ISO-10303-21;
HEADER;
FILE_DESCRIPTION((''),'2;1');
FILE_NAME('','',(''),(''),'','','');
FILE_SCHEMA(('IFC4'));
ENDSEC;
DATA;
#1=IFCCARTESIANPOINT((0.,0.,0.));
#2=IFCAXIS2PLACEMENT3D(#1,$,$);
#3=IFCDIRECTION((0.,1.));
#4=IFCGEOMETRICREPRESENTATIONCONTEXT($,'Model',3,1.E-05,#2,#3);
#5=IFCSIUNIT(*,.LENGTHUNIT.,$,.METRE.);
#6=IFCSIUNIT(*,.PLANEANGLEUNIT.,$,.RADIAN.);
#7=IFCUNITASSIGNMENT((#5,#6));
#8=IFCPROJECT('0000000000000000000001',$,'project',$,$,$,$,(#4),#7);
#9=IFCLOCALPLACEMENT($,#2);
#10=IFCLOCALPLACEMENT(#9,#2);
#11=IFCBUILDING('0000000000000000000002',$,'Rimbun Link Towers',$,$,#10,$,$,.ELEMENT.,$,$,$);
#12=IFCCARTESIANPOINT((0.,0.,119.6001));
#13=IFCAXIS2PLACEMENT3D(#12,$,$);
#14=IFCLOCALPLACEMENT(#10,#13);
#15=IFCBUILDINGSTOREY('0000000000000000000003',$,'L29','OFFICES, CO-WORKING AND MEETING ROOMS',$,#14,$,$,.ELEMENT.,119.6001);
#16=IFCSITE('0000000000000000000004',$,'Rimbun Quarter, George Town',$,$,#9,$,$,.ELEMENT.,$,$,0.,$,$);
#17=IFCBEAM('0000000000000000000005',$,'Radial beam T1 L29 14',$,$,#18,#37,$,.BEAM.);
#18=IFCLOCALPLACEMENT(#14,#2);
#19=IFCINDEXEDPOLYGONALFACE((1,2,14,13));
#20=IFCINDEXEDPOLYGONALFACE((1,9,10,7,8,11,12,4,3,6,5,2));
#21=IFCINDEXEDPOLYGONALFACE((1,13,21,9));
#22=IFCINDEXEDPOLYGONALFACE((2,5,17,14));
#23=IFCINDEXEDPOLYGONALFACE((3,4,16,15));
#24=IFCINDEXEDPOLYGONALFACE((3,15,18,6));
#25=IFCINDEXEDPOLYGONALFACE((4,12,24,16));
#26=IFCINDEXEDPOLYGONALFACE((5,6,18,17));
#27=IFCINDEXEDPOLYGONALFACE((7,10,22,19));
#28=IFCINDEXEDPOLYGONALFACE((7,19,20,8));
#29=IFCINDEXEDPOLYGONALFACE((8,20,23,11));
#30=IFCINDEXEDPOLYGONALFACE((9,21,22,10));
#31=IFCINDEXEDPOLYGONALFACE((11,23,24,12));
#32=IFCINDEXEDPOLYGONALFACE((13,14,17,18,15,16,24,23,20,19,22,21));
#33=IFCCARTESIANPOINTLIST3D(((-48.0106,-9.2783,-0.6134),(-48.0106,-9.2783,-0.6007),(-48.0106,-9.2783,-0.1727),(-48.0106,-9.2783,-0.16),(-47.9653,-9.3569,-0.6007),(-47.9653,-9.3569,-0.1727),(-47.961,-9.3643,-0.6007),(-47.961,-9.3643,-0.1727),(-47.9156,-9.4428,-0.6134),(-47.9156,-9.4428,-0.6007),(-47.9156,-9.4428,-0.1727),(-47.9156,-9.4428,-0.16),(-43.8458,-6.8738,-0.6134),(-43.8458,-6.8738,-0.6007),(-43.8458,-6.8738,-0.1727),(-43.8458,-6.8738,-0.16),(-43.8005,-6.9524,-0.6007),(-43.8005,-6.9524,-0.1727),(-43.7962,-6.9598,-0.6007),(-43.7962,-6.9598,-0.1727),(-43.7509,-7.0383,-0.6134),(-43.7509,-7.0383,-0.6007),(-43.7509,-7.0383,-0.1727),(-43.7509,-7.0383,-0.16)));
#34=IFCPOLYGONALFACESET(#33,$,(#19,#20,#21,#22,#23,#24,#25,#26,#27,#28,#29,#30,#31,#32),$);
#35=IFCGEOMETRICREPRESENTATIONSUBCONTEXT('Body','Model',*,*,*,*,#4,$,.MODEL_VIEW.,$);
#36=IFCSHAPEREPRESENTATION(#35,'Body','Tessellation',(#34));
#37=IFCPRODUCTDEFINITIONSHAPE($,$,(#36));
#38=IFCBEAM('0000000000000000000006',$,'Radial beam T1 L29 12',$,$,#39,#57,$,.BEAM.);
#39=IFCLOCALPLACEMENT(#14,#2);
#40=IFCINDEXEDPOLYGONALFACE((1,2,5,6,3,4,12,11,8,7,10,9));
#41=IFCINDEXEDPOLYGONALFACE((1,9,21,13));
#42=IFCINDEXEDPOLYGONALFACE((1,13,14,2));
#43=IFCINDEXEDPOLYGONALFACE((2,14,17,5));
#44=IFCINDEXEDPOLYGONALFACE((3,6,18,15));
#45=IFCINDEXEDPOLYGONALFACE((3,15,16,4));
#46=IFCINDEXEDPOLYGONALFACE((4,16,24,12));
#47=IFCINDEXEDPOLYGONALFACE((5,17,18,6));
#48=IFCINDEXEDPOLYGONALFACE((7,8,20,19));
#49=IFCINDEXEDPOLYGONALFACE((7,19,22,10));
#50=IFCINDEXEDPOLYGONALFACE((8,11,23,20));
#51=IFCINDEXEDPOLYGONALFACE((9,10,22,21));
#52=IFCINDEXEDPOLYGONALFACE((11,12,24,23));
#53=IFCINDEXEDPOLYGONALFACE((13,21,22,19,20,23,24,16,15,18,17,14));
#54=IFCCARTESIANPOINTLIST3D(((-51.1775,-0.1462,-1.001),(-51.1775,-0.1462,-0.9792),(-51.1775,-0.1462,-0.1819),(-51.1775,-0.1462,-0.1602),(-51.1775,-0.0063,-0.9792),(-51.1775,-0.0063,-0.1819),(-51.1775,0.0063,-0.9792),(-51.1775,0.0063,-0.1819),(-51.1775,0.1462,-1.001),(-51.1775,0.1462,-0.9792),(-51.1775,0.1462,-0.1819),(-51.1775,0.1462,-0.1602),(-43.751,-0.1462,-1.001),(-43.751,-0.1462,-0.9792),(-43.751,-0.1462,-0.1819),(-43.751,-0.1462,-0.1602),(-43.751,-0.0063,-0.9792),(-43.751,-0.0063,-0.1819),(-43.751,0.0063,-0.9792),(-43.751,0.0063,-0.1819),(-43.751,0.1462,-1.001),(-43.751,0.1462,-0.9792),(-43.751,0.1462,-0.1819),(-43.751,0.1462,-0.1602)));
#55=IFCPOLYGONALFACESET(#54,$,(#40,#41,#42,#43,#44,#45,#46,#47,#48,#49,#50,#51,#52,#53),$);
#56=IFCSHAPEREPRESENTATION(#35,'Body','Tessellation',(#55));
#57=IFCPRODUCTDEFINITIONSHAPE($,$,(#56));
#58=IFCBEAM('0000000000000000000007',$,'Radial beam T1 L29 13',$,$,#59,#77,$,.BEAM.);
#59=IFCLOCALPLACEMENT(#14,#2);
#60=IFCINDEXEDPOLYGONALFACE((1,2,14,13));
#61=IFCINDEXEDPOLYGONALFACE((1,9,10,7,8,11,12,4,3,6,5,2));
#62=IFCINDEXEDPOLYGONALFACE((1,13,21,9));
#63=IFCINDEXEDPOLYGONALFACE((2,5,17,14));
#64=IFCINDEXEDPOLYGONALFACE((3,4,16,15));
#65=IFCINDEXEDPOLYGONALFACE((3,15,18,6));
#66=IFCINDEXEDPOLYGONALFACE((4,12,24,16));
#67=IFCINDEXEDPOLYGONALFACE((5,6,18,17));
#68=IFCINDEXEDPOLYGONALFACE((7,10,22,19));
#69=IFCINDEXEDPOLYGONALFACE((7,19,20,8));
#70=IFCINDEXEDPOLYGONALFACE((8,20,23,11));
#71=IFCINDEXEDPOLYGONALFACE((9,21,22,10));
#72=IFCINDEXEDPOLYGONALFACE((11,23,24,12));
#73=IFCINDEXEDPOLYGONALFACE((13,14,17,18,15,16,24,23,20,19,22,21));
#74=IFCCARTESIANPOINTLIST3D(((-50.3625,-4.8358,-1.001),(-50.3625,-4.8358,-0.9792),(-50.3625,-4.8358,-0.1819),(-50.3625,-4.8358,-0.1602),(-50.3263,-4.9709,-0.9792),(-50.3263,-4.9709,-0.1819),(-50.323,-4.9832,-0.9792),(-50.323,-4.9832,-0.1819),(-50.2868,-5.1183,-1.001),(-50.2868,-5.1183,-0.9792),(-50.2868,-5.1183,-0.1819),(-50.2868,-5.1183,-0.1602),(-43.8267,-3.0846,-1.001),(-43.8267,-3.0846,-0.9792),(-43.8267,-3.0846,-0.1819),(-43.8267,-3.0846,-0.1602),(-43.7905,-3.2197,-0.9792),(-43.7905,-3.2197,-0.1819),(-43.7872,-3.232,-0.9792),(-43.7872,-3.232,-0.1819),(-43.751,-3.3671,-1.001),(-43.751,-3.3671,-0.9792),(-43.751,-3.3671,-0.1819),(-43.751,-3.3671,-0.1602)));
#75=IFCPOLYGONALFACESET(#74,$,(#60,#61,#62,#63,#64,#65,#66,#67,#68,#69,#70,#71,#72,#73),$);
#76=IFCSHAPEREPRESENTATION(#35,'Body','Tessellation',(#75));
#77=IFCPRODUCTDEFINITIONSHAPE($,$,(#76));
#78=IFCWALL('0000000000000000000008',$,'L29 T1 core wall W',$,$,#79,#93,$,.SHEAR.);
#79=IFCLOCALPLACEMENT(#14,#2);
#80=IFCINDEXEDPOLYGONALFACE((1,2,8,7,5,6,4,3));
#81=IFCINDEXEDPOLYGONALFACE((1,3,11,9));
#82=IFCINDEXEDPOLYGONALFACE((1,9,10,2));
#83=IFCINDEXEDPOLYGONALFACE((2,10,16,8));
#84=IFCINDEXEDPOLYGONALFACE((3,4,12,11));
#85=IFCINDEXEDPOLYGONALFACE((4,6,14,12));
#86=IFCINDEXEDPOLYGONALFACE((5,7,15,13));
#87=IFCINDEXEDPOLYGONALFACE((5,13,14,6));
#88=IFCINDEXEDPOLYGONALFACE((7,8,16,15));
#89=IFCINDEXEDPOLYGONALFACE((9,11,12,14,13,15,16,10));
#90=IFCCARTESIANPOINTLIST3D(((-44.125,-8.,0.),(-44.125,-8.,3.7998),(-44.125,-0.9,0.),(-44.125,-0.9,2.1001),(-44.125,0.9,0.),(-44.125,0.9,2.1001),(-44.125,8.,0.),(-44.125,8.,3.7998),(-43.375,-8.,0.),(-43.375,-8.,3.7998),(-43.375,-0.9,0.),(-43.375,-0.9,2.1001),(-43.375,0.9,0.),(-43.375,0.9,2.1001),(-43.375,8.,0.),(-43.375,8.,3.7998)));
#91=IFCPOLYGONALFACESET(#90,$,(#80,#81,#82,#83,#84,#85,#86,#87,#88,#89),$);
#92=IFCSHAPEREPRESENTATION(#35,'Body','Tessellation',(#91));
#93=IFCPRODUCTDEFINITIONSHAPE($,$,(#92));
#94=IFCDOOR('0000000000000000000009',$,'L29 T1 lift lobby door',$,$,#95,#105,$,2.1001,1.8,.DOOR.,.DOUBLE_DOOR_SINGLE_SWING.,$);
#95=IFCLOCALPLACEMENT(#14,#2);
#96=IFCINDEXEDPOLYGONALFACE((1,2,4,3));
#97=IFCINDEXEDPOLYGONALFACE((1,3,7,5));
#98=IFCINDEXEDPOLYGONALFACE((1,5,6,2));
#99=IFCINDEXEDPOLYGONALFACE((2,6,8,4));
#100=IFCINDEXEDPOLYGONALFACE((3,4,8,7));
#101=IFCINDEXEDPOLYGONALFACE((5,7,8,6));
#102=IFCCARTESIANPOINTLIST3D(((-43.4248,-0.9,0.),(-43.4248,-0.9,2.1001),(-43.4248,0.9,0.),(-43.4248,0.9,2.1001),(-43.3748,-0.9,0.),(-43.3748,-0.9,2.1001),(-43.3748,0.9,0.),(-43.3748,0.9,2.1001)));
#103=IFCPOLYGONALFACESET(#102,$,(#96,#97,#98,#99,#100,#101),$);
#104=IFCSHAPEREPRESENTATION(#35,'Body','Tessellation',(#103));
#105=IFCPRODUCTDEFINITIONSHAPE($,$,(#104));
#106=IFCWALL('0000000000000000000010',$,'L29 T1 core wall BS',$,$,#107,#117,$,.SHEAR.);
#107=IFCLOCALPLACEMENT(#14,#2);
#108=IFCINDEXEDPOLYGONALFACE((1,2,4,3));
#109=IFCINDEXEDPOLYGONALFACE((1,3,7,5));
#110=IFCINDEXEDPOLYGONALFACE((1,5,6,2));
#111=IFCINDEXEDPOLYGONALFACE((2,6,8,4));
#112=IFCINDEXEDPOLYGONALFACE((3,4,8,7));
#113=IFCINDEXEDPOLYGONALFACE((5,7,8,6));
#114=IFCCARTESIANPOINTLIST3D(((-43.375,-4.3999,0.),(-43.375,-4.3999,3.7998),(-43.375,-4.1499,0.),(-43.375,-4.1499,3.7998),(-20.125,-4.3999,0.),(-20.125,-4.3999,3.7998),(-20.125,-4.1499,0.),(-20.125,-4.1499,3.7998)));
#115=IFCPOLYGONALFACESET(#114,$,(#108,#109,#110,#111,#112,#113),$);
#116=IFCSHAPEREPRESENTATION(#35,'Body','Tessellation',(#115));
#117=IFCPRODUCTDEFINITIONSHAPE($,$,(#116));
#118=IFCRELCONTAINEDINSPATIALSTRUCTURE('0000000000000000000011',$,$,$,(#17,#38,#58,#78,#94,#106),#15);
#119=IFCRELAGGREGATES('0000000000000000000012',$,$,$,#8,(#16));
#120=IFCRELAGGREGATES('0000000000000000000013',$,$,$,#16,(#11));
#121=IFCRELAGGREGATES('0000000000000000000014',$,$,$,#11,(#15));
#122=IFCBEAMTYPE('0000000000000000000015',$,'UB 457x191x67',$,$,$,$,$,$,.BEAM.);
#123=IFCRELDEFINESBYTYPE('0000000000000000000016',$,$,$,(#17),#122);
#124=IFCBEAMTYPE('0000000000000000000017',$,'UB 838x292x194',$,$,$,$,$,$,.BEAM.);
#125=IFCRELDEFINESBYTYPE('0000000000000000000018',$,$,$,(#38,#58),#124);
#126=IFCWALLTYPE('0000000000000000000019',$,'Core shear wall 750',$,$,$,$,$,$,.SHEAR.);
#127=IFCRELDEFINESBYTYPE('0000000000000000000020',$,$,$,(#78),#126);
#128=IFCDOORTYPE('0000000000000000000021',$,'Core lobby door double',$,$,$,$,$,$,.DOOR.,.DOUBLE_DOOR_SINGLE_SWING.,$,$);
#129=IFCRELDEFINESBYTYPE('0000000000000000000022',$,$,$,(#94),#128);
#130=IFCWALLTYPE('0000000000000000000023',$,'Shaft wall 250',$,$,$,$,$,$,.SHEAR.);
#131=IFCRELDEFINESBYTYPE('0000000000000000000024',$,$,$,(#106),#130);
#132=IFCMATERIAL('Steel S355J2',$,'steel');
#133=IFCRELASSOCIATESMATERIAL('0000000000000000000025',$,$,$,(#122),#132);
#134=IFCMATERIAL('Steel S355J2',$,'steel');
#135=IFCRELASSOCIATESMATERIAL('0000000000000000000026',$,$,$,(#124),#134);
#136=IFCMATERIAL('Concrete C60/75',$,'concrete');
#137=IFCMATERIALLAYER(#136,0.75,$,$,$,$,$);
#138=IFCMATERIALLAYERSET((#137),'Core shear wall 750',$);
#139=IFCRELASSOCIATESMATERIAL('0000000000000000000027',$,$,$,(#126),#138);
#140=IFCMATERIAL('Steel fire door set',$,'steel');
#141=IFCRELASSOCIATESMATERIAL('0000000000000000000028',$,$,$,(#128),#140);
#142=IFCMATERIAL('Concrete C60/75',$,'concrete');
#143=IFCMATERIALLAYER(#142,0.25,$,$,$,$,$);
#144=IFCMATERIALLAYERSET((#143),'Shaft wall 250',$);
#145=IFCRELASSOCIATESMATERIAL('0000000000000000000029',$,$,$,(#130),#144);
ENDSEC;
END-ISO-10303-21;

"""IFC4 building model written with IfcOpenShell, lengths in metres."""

from ifc_helpers import new_model, si_unit, direction, frame, frame_2d, origin, origin_2d, place, context, subcontext, project, spatial, rectangle, i_section, extrude, material, layer, layer_set, material_profile, profile_set, type_object, element, fill, save


model = new_model("IFC4")

# Units and contexts
model_context = context("Model", 3, precision=1e-05, world=origin(), true_north=direction((0.0, 1.0)))
body_context = subcontext(model_context, "Body", "Model", "MODEL_VIEW")
ifc_project = project(units=[si_unit("LENGTHUNIT", "METRE"), si_unit("PLANEANGLEUNIT", "RADIAN")], contexts=[model_context])

# Site, building, storey
site_placement = place(None, origin())
site = spatial("IfcSite", under=ifc_project, at=site_placement, Name="Rimbun Quarter, George Town", CompositionType="ELEMENT", RefElevation=0.0)
building_placement = place(site_placement, origin())
building = spatial("IfcBuilding", under=site, at=building_placement, Name="Rimbun Link Towers", CompositionType="ELEMENT")
storey_placement = place(building_placement, frame((0.0, 0.0, 119.6001)))
storey = spatial("IfcBuildingStorey", under=building, at=storey_placement, Name="L29", Description="OFFICES, CO-WORKING AND MEETING ROOMS", CompositionType="ELEMENT", Elevation=119.6001)

# Beams
ifc_material_1 = material(Name="Steel S355J2", Category="steel")
ifc_material_profile_1 = material_profile(ifc_material_1, i_section(OverallWidth=0.1899, OverallDepth=0.4534, WebThickness=0.0085, FlangeThickness=0.0127, at=origin_2d()), Name="UB 457x191x67")
ifc_profile_set_1 = profile_set([ifc_material_profile_1], Name="Steel S355J2")
beam_type_1 = type_object("IfcBeamType", Name="UB 457x191x67", PredefinedType="BEAM", material=ifc_profile_set_1)
beam_1_placement = place(storey_placement, frame((-43.7983, -6.9561, -0.3867), z_axis=(-0.866026, -0.499999, 0.0), x_axis=(0.499999, -0.866026, 0.0)))
element("IfcBeam", 1, at=beam_1_placement, inside=storey, type_object=beam_type_1, Name="Radial beam T1 L29 14", PredefinedType="BEAM", context=body_context, shape_type="SweptSolid", body=[
    extrude(i_section(OverallWidth=0.1899, OverallDepth=0.4534, WebThickness=0.0085, FlangeThickness=0.0127, at=origin_2d()), origin(), (0.0, 0.0, 1.0), 4.8091),
])
ifc_material_2 = material(Name="Steel S355J2", Category="steel")
ifc_material_profile_2 = material_profile(ifc_material_2, i_section(OverallWidth=0.2925, OverallDepth=0.8408, WebThickness=0.0127, FlangeThickness=0.0217, at=origin_2d()), Name="UB 838x292x194")
ifc_profile_set_2 = profile_set([ifc_material_profile_2], Name="Steel S355J2")
beam_type_2 = type_object("IfcBeamType", Name="UB 838x292x194", PredefinedType="BEAM", material=ifc_profile_set_2)
beam_2_placement = place(storey_placement, frame((-43.751, 0.0, -0.5806), z_axis=(-1.0, 0.0, 0.0), x_axis=(0.0, -1.0, 0.0)))
element("IfcBeam", 2, at=beam_2_placement, inside=storey, type_object=beam_type_2, Name="Radial beam T1 L29 12", PredefinedType="BEAM", context=body_context, shape_type="SweptSolid", body=[
    extrude(i_section(OverallWidth=0.2925, OverallDepth=0.8408, WebThickness=0.0127, FlangeThickness=0.0217, at=origin_2d()), origin(), (0.0, 0.0, 1.0), 7.4265),
])
beam_3_placement = place(storey_placement, frame((-43.7888, -3.2258, -0.5806), z_axis=(-0.965928, -0.25881, 0.0), x_axis=(0.25881, -0.965928, 0.0)))
element("IfcBeam", 3, at=beam_3_placement, inside=storey, type_object=beam_type_2, Name="Radial beam T1 L29 13", PredefinedType="BEAM", context=body_context, shape_type="SweptSolid", body=[
    extrude(i_section(OverallWidth=0.2925, OverallDepth=0.8408, WebThickness=0.0127, FlangeThickness=0.0217, at=origin_2d()), origin(), (0.0, 0.0, 1.0), 6.7664),
])

# Wall, opening, door
ifc_material_3 = material(Name="Concrete C60/75", Category="concrete")
ifc_layer_1 = layer(ifc_material_3, 0.75)
ifc_layer_set_1 = layer_set([ifc_layer_1], Name="Core shear wall 750")
wall_type_1 = type_object("IfcWallType", Name="Core shear wall 750", PredefinedType="SHEAR", material=ifc_layer_set_1)
wall_1_placement = place(storey_placement, frame((-43.75, -8.0, 0.0), z_axis=(0.0, 0.0, 1.0), x_axis=(0.0, 1.0, 0.0)))
wall_1 = element("IfcWall", 4, at=wall_1_placement, inside=storey, type_object=wall_type_1, Name="L29 T1 core wall W", PredefinedType="SHEAR", context=body_context, shape_type="SweptSolid", body=[
    extrude(rectangle(XDim=16.0, YDim=0.75, at=frame_2d((8.0, 0.0))), origin(), (0.0, 0.0, 1.0), 3.7998),
])
opening_1_placement = place(wall_1_placement, frame((7.1001, 0.0, 0.0)))
opening_1 = element("IfcOpeningElement", 5, at=opening_1_placement, cuts=wall_1, PredefinedType="OPENING", context=body_context, shape_type="SweptSolid", body=[
    extrude(rectangle(XDim=1.8, YDim=2.1001, at=frame_2d((0.8999, 1.05))), frame((0.0, 0.385, 0.0), z_axis=(0.0, -1.0, 0.0), x_axis=(1.0, 0.0, 0.0)), (0.0, 0.0, 1.0), 0.77),
])
ifc_material_4 = material(Name="Steel fire door set", Category="steel")
door_type_1 = type_object("IfcDoorType", Name="Core lobby door double", OperationType="DOUBLE_DOOR_SINGLE_SWING", PredefinedType="DOOR", material=ifc_material_4)
door_1_placement = place(opening_1_placement, origin())
door_1 = element("IfcDoor", 6, at=door_1_placement, inside=storey, type_object=door_type_1, Name="L29 T1 lift lobby door", OperationType="DOUBLE_DOOR_SINGLE_SWING", OverallHeight=2.1001, OverallWidth=1.8, PredefinedType="DOOR", context=body_context, shape_type="SweptSolid", body=[
    extrude(rectangle(XDim=1.8, YDim=2.1001, at=frame_2d((0.8999, 1.05))), frame((0.0, -0.3252, 0.0), z_axis=(0.0, -1.0, 0.0), x_axis=(1.0, 0.0, 0.0)), (0.0, 0.0, 1.0), 0.05),
])
fill(opening_1, door_1)

# Wall
ifc_material_5 = material(Name="Concrete C60/75", Category="concrete")
ifc_layer_2 = layer(ifc_material_5, 0.25)
ifc_layer_set_2 = layer_set([ifc_layer_2], Name="Shaft wall 250")
wall_type_2 = type_object("IfcWallType", Name="Shaft wall 250", PredefinedType="SHEAR", material=ifc_layer_set_2)
wall_2_placement = place(storey_placement, frame((-43.375, -4.2749, 0.0), z_axis=(0.0, 0.0, 1.0), x_axis=(1.0, 0.0, 0.0)))
element("IfcWall", 7, at=wall_2_placement, inside=storey, type_object=wall_type_2, Name="L29 T1 core wall BS", PredefinedType="SHEAR", context=body_context, shape_type="SweptSolid", body=[
    extrude(rectangle(XDim=23.25, YDim=0.25, at=frame_2d((11.625, 0.0))), origin(), (0.0, 0.0, 1.0), 3.7998),
])

save(model, "model.ifc")
